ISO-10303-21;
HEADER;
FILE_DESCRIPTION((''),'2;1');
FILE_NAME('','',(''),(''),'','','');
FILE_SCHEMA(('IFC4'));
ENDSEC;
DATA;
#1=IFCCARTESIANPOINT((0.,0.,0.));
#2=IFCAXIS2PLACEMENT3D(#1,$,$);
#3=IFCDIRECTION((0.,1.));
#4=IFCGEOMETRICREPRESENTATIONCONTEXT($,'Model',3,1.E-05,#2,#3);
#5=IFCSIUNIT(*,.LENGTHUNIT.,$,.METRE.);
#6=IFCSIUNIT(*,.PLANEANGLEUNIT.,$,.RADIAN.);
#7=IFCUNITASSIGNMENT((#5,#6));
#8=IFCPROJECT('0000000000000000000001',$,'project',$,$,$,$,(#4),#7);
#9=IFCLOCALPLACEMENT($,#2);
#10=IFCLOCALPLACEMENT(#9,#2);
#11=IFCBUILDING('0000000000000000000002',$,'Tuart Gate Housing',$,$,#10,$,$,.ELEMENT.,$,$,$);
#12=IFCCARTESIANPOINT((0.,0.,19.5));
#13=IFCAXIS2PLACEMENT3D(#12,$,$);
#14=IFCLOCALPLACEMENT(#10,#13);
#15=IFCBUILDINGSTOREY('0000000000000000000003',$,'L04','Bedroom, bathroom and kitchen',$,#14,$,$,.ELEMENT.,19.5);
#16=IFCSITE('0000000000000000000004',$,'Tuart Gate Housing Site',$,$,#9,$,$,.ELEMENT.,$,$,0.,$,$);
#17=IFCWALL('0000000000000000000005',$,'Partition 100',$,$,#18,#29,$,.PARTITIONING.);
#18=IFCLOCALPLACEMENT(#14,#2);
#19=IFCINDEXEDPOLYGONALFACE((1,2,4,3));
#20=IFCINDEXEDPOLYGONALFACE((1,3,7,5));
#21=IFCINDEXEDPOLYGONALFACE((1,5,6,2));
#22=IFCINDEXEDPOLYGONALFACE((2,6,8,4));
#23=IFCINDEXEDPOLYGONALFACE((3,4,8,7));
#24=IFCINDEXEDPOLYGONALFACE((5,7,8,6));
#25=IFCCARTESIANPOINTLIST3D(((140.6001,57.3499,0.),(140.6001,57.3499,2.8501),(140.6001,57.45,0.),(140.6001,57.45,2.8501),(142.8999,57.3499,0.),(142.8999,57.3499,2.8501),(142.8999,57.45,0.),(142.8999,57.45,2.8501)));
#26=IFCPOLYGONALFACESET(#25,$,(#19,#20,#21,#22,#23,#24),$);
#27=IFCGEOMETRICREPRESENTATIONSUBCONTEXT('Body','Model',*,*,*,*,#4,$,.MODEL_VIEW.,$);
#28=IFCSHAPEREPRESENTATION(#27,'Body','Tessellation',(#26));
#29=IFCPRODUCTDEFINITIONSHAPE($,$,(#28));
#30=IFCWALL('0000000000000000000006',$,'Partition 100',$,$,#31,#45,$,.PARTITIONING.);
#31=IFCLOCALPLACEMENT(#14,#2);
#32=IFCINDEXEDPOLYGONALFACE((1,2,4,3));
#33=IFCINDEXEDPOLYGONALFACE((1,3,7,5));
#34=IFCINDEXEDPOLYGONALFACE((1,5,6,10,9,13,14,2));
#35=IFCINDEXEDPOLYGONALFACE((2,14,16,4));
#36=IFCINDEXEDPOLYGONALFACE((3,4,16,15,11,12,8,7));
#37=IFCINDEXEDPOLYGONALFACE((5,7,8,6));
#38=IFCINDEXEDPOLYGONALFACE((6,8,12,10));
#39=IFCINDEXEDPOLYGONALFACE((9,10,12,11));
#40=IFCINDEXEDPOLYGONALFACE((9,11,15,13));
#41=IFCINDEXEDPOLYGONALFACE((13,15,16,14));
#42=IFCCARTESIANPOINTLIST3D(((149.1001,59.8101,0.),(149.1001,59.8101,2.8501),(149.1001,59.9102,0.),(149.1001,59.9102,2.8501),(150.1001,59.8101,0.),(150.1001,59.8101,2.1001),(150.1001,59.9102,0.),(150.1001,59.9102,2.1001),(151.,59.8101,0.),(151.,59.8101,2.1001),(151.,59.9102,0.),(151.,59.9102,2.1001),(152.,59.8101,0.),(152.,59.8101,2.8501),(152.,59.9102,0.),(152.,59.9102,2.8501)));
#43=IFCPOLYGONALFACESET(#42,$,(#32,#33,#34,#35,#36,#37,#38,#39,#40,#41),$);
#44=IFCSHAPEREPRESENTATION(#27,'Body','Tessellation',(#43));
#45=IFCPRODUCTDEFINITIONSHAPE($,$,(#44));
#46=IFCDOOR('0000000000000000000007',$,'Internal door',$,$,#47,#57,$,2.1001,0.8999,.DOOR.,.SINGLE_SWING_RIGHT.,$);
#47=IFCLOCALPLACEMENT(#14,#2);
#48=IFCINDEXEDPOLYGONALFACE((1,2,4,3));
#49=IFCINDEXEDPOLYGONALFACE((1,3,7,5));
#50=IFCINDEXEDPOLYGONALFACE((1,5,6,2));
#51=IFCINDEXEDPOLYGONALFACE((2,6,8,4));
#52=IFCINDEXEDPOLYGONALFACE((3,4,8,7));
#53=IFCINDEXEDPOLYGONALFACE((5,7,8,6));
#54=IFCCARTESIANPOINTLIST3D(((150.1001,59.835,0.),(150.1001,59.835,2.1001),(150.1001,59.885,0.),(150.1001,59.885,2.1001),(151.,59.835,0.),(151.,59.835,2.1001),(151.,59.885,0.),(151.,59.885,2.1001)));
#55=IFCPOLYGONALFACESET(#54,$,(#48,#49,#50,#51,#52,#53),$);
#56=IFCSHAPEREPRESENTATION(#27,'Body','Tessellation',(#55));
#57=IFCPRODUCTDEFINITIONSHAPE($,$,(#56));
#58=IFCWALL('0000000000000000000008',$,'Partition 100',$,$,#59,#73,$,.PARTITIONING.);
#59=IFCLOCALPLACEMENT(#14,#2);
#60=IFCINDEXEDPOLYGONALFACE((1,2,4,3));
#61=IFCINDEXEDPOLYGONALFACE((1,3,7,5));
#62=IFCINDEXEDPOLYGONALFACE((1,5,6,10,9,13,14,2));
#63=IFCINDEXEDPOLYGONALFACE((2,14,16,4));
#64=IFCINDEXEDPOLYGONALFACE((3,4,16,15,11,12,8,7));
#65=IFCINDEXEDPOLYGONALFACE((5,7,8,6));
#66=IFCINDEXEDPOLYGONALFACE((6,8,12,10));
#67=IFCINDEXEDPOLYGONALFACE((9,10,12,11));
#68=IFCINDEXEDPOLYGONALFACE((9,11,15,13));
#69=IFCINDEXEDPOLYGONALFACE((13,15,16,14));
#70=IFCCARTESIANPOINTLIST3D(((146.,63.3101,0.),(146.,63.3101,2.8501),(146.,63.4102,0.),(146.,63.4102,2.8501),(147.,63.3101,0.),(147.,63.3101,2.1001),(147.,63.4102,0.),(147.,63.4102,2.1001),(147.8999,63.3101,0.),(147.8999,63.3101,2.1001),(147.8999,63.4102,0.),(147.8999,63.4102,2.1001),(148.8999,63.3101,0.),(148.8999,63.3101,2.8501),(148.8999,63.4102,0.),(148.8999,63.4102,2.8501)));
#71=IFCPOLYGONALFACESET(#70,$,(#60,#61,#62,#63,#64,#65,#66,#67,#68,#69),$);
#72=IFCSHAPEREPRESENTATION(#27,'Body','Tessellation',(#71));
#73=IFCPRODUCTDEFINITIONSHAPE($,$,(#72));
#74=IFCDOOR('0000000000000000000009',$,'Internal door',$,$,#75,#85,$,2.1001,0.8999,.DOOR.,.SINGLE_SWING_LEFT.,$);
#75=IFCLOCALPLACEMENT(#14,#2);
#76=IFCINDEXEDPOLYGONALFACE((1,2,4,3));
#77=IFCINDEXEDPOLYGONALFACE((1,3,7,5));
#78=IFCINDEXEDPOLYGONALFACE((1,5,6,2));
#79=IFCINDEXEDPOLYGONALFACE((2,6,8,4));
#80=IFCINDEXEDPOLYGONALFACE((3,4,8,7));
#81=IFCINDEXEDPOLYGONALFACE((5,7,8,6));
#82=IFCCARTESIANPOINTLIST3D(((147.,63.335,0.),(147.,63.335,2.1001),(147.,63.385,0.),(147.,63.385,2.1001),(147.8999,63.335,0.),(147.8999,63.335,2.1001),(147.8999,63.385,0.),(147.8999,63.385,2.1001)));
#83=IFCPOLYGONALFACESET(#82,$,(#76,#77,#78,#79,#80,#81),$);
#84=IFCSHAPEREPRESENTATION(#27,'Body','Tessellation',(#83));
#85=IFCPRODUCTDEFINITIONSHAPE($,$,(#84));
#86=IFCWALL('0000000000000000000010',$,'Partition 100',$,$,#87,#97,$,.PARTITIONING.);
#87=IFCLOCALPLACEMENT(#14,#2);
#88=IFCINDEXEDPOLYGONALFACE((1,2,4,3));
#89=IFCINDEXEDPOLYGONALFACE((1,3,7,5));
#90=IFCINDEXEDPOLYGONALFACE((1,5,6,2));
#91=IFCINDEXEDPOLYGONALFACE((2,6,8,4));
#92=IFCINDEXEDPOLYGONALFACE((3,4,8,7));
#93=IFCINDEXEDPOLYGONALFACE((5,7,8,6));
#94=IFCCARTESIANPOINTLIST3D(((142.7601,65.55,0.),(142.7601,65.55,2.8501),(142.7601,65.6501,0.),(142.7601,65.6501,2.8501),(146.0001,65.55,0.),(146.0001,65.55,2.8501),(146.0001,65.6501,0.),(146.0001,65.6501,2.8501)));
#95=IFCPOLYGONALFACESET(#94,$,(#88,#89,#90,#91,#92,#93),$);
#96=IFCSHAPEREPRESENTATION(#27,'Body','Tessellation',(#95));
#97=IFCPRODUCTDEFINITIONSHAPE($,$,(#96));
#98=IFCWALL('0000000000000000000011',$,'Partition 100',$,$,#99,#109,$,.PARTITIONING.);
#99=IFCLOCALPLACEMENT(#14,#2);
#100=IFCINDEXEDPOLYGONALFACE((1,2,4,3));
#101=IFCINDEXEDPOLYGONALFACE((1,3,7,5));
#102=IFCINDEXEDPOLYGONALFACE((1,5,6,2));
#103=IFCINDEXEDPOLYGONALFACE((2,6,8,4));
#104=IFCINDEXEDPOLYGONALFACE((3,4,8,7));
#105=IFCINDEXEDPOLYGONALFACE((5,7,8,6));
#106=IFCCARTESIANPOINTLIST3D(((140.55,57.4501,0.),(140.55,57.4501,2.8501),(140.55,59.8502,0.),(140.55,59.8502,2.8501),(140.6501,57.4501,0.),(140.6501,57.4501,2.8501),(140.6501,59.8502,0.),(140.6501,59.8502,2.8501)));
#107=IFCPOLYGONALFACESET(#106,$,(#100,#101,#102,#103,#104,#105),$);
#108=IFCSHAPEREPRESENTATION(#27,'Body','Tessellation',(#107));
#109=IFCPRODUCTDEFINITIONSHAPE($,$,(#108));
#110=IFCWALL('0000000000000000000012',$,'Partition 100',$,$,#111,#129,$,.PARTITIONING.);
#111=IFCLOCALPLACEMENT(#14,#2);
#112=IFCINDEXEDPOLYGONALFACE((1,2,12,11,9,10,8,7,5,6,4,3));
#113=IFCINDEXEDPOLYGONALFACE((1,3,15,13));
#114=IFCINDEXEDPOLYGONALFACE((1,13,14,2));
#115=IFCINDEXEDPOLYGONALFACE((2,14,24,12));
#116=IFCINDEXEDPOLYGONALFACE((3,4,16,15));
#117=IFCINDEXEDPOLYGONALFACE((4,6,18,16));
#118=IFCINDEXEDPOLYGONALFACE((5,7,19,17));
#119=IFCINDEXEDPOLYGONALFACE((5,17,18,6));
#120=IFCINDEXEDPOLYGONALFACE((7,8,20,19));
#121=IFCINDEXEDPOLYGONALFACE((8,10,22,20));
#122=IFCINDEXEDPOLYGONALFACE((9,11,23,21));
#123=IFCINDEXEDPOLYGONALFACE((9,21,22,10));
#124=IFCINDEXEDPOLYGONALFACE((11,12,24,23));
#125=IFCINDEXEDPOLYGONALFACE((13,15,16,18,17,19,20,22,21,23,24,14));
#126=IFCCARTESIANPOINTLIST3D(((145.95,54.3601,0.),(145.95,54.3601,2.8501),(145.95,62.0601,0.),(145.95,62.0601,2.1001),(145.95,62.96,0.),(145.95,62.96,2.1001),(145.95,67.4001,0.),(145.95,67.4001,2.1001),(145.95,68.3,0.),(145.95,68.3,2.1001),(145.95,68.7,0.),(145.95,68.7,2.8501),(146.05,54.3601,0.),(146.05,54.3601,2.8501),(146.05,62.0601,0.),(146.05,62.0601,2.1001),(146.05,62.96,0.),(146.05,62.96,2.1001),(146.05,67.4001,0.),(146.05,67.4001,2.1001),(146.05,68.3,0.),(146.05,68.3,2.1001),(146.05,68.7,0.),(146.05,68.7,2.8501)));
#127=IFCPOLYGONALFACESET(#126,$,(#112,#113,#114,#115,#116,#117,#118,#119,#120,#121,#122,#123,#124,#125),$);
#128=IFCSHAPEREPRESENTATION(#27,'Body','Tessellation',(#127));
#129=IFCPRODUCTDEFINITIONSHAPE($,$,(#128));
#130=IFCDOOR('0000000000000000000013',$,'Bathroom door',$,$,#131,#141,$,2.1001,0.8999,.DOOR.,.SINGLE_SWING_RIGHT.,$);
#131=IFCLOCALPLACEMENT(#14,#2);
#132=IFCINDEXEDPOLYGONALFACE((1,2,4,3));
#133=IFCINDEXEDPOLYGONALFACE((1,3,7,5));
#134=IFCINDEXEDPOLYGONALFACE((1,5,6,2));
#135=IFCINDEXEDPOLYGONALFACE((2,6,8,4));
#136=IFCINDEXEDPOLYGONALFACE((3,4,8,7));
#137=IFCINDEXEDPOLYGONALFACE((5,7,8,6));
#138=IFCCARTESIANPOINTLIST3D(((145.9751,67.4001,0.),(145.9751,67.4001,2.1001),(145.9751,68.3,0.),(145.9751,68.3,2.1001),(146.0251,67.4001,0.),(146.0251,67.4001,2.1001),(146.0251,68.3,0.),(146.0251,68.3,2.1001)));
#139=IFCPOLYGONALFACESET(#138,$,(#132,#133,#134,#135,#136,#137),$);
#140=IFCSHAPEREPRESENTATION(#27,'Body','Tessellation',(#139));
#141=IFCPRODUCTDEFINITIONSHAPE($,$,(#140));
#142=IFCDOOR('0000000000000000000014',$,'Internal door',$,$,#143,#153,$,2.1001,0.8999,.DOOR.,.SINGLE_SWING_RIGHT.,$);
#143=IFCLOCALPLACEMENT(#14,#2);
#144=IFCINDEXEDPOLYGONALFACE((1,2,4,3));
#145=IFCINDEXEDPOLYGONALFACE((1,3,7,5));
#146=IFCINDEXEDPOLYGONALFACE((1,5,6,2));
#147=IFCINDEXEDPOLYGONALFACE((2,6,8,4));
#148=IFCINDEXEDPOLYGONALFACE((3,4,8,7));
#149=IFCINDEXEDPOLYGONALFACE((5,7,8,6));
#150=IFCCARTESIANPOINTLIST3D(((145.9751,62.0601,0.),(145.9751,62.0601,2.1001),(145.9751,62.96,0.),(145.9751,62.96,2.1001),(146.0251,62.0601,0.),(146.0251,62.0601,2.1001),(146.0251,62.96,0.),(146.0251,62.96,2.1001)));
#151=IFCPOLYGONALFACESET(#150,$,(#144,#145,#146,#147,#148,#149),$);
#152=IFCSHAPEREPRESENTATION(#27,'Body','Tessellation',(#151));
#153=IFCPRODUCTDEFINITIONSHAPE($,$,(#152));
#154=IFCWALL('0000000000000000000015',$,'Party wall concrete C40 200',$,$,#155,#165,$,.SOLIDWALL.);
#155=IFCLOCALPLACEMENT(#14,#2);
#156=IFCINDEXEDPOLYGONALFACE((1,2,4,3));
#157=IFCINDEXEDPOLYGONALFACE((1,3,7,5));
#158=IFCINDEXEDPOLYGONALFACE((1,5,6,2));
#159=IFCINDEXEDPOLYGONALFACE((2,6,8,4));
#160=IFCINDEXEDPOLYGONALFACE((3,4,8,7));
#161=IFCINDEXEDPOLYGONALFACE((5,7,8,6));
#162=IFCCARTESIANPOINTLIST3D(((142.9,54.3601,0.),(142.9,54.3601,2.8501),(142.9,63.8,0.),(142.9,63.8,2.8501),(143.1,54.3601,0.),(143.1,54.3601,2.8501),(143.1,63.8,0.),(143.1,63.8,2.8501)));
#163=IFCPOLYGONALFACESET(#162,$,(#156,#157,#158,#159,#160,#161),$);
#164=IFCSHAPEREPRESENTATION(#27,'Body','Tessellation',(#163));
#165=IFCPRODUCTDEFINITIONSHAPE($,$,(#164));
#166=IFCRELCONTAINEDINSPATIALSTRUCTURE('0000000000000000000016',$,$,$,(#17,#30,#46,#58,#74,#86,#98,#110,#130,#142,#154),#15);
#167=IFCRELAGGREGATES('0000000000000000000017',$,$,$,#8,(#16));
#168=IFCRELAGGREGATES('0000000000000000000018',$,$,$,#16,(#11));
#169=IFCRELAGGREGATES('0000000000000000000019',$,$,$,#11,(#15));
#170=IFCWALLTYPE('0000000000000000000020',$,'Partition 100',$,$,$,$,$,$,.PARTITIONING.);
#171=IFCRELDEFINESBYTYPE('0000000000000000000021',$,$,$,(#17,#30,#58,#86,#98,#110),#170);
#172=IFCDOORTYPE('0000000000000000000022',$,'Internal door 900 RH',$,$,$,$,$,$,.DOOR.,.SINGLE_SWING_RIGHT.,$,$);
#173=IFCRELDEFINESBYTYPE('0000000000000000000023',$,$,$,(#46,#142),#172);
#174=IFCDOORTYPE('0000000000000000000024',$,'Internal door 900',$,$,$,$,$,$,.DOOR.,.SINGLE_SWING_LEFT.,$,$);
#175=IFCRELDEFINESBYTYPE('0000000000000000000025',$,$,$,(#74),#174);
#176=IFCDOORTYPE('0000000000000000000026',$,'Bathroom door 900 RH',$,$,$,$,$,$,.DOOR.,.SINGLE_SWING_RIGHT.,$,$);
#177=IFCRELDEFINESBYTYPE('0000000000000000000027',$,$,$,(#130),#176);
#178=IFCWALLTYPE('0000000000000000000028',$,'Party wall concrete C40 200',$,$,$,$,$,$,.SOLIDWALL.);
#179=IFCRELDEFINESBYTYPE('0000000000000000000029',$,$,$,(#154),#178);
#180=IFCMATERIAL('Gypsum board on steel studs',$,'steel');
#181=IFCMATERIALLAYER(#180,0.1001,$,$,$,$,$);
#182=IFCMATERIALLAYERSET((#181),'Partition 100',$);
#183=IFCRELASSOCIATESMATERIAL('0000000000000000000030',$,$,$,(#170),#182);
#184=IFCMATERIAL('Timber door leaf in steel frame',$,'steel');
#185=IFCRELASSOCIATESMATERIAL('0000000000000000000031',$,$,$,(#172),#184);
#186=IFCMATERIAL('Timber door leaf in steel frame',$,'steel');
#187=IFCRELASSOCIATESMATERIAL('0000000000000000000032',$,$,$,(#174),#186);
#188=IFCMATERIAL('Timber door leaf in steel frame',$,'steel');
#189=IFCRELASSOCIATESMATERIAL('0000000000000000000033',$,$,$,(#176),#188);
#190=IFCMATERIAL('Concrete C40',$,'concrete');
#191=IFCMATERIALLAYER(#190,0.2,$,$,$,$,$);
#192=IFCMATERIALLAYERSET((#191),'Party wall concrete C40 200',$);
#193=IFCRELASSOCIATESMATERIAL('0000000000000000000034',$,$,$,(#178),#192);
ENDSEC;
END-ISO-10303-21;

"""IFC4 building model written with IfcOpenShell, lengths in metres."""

from ifc_helpers import new_model, si_unit, direction, frame, frame_2d, origin, place, context, subcontext, project, spatial, rectangle, extrude, material, layer, layer_set, type_object, element, fill, save


model = new_model("IFC4")

# Units and contexts
model_context = context("Model", 3, precision=1e-05, world=origin(), true_north=direction((0.0, 1.0)))
body_context = subcontext(model_context, "Body", "Model", "MODEL_VIEW")
ifc_project = project(units=[si_unit("LENGTHUNIT", "METRE"), si_unit("PLANEANGLEUNIT", "RADIAN")], contexts=[model_context])

# Site, building, storey
site_placement = place(None, origin())
site = spatial("IfcSite", under=ifc_project, at=site_placement, Name="Tuart Gate Housing Site", CompositionType="ELEMENT", RefElevation=0.0)
building_placement = place(site_placement, origin())
building = spatial("IfcBuilding", under=site, at=building_placement, Name="Tuart Gate Housing", CompositionType="ELEMENT")
storey_placement = place(building_placement, frame((0.0, 0.0, 19.5)))
storey = spatial("IfcBuildingStorey", under=building, at=storey_placement, Name="L04", Description="Bedroom, bathroom and kitchen", CompositionType="ELEMENT", Elevation=19.5)

# Wall
ifc_material_1 = material(Name="Gypsum board on steel studs", Category="steel")
ifc_layer_1 = layer(ifc_material_1, 0.1001)
ifc_layer_set_1 = layer_set([ifc_layer_1], Name="Partition 100")
wall_type_1 = type_object("IfcWallType", Name="Partition 100", PredefinedType="PARTITIONING", material=ifc_layer_set_1)
wall_1_placement = place(storey_placement, frame((140.6001, 57.3999, 0.0), z_axis=(0.0, 0.0, 1.0), x_axis=(1.0, 0.0, 0.0)))
element("IfcWall", 1, at=wall_1_placement, inside=storey, type_object=wall_type_1, Name="Partition 100", PredefinedType="PARTITIONING", context=body_context, shape_type="SweptSolid", body=[
    extrude(rectangle(XDim=2.2998, YDim=0.1001, at=frame_2d((1.1499, 0.0))), origin(), (0.0, 0.0, 1.0), 2.8501),
])

# Walls, openings, doors
wall_2_placement = place(storey_placement, frame((149.1001, 59.8601, 0.0), z_axis=(0.0, 0.0, 1.0), x_axis=(1.0, 0.0, 0.0)))
wall_2 = element("IfcWall", 2, at=wall_2_placement, inside=storey, type_object=wall_type_1, Name="Partition 100", PredefinedType="PARTITIONING", context=body_context, shape_type="SweptSolid", body=[
    extrude(rectangle(XDim=2.8999, YDim=0.1001, at=frame_2d((1.45, 0.0))), origin(), (0.0, 0.0, 1.0), 2.8501),
])
opening_1_placement = place(wall_2_placement, frame((1.0, 0.0, 0.0)))
opening_1 = element("IfcOpeningElement", 3, at=opening_1_placement, cuts=wall_2, PredefinedType="OPENING", context=body_context, shape_type="SweptSolid", body=[
    extrude(rectangle(XDim=0.8999, YDim=2.1001, at=frame_2d((0.45, 1.05))), frame((0.0, 0.0601, 0.0), z_axis=(0.0, -1.0, 0.0), x_axis=(1.0, 0.0, 0.0)), (0.0, 0.0, 1.0), 0.1201),
])
ifc_material_2 = material(Name="Timber door leaf in steel frame", Category="steel")
door_type_1 = type_object("IfcDoorType", Name="Internal door 900 RH", OperationType="SINGLE_SWING_RIGHT", PredefinedType="DOOR", material=ifc_material_2)
door_1_placement = place(opening_1_placement, origin())
door_1 = element("IfcDoor", 4, at=door_1_placement, inside=storey, type_object=door_type_1, Name="Internal door", OperationType="SINGLE_SWING_RIGHT", OverallHeight=2.1001, OverallWidth=0.8999, PredefinedType="DOOR", context=body_context, shape_type="SweptSolid", body=[
    extrude(rectangle(XDim=0.8999, YDim=2.1001, at=frame_2d((0.45, 1.05))), frame((0.0, 0.0249, 0.0), z_axis=(0.0, -1.0, 0.0), x_axis=(1.0, 0.0, 0.0)), (0.0, 0.0, 1.0), 0.05),
])
fill(opening_1, door_1)
wall_3_placement = place(storey_placement, frame((146.0, 63.3601, 0.0), z_axis=(0.0, 0.0, 1.0), x_axis=(1.0, 0.0, 0.0)))
wall_3 = element("IfcWall", 5, at=wall_3_placement, inside=storey, type_object=wall_type_1, Name="Partition 100", PredefinedType="PARTITIONING", context=body_context, shape_type="SweptSolid", body=[
    extrude(rectangle(XDim=2.8999, YDim=0.1001, at=frame_2d((1.45, 0.0))), origin(), (0.0, 0.0, 1.0), 2.8501),
])
opening_2_placement = place(wall_3_placement, frame((1.0, 0.0, 0.0)))
opening_2 = element("IfcOpeningElement", 6, at=opening_2_placement, cuts=wall_3, PredefinedType="OPENING", context=body_context, shape_type="SweptSolid", body=[
    extrude(rectangle(XDim=0.8999, YDim=2.1001, at=frame_2d((0.45, 1.05))), frame((0.0, 0.0601, 0.0), z_axis=(0.0, -1.0, 0.0), x_axis=(1.0, 0.0, 0.0)), (0.0, 0.0, 1.0), 0.1201),
])
ifc_material_3 = material(Name="Timber door leaf in steel frame", Category="steel")
door_type_2 = type_object("IfcDoorType", Name="Internal door 900", OperationType="SINGLE_SWING_LEFT", PredefinedType="DOOR", material=ifc_material_3)
door_2_placement = place(opening_2_placement, origin())
door_2 = element("IfcDoor", 7, at=door_2_placement, inside=storey, type_object=door_type_2, Name="Internal door", OperationType="SINGLE_SWING_LEFT", OverallHeight=2.1001, OverallWidth=0.8999, PredefinedType="DOOR", context=body_context, shape_type="SweptSolid", body=[
    extrude(rectangle(XDim=0.8999, YDim=2.1001, at=frame_2d((0.45, 1.05))), frame((0.0, 0.0249, 0.0), z_axis=(0.0, -1.0, 0.0), x_axis=(1.0, 0.0, 0.0)), (0.0, 0.0, 1.0), 0.05),
])
fill(opening_2, door_2)

# Walls
wall_4_placement = place(storey_placement, frame((142.76, 65.6001, 0.0), z_axis=(0.0, 0.0, 1.0), x_axis=(1.0, 0.0, 0.0)))
element("IfcWall", 8, at=wall_4_placement, inside=storey, type_object=wall_type_1, Name="Partition 100", PredefinedType="PARTITIONING", context=body_context, shape_type="SweptSolid", body=[
    extrude(rectangle(XDim=3.24, YDim=0.1001, at=frame_2d((1.6201, 0.0))), origin(), (0.0, 0.0, 1.0), 2.8501),
])
wall_5_placement = place(storey_placement, frame((140.6001, 57.45, 0.0), z_axis=(0.0, 0.0, 1.0), x_axis=(0.0, 1.0, 0.0)))
element("IfcWall", 9, at=wall_5_placement, inside=storey, type_object=wall_type_1, Name="Partition 100", PredefinedType="PARTITIONING", context=body_context, shape_type="SweptSolid", body=[
    extrude(rectangle(XDim=2.4001, YDim=0.1001, at=frame_2d((1.2002, 0.0))), origin(), (0.0, 0.0, 1.0), 2.8501),
])

# Wall, openings, doors
wall_6_placement = place(storey_placement, frame((146.0, 54.3601, 0.0), z_axis=(0.0, 0.0, 1.0), x_axis=(0.0, 1.0, 0.0)))
wall_6 = element("IfcWall", 10, at=wall_6_placement, inside=storey, type_object=wall_type_1, Name="Partition 100", PredefinedType="PARTITIONING", context=body_context, shape_type="SweptSolid", body=[
    extrude(rectangle(XDim=14.3398, YDim=0.1001, at=frame_2d((7.1699, 0.0))), origin(), (0.0, 0.0, 1.0), 2.8501),
])
opening_3_placement = place(wall_6_placement, frame((7.7, 0.0, 0.0)))
opening_3 = element("IfcOpeningElement", 11, at=opening_3_placement, cuts=wall_6, PredefinedType="OPENING", context=body_context, shape_type="SweptSolid", body=[
    extrude(rectangle(XDim=0.8999, YDim=2.1001, at=frame_2d((0.45, 1.05))), frame((0.0, 0.0601, 0.0), z_axis=(0.0, -1.0, 0.0), x_axis=(1.0, 0.0, 0.0)), (0.0, 0.0, 1.0), 0.1201),
])
opening_4_placement = place(wall_6_placement, frame((13.04, 0.0, 0.0)))
opening_4 = element("IfcOpeningElement", 12, at=opening_4_placement, cuts=wall_6, PredefinedType="OPENING", context=body_context, shape_type="SweptSolid", body=[
    extrude(rectangle(XDim=0.8999, YDim=2.1001, at=frame_2d((0.45, 1.05))), frame((0.0, 0.0601, 0.0), z_axis=(0.0, -1.0, 0.0), x_axis=(1.0, 0.0, 0.0)), (0.0, 0.0, 1.0), 0.1201),
])
ifc_material_4 = material(Name="Timber door leaf in steel frame", Category="steel")
door_type_3 = type_object("IfcDoorType", Name="Bathroom door 900 RH", OperationType="SINGLE_SWING_RIGHT", PredefinedType="DOOR", material=ifc_material_4)
door_3_placement = place(opening_4_placement, origin())
door_3 = element("IfcDoor", 13, at=door_3_placement, inside=storey, type_object=door_type_3, Name="Bathroom door", OperationType="SINGLE_SWING_RIGHT", OverallHeight=2.1001, OverallWidth=0.8999, PredefinedType="DOOR", context=body_context, shape_type="SweptSolid", body=[
    extrude(rectangle(XDim=0.8999, YDim=2.1001, at=frame_2d((0.45, 1.05))), frame((0.0, 0.0249, 0.0), z_axis=(0.0, -1.0, 0.0), x_axis=(1.0, 0.0, 0.0)), (0.0, 0.0, 1.0), 0.05),
])
fill(opening_4, door_3)
door_4_placement = place(opening_3_placement, origin())
door_4 = element("IfcDoor", 14, at=door_4_placement, inside=storey, type_object=door_type_1, Name="Internal door", OperationType="SINGLE_SWING_RIGHT", OverallHeight=2.1001, OverallWidth=0.8999, PredefinedType="DOOR", context=body_context, shape_type="SweptSolid", body=[
    extrude(rectangle(XDim=0.8999, YDim=2.1001, at=frame_2d((0.45, 1.05))), frame((0.0, 0.0249, 0.0), z_axis=(0.0, -1.0, 0.0), x_axis=(1.0, 0.0, 0.0)), (0.0, 0.0, 1.0), 0.05),
])
fill(opening_3, door_4)

# Wall
ifc_material_5 = material(Name="Concrete C40", Category="concrete")
ifc_layer_2 = layer(ifc_material_5, 0.2)
ifc_layer_set_2 = layer_set([ifc_layer_2], Name="Party wall concrete C40 200")
wall_type_2 = type_object("IfcWallType", Name="Party wall concrete C40 200", PredefinedType="SOLIDWALL", material=ifc_layer_set_2)
wall_7_placement = place(storey_placement, frame((143.0, 54.3601, 0.0), z_axis=(0.0, 0.0, 1.0), x_axis=(0.0, 1.0, 0.0)))
element("IfcWall", 15, at=wall_7_placement, inside=storey, type_object=wall_type_2, Name="Party wall concrete C40 200", PredefinedType="SOLIDWALL", context=body_context, shape_type="SweptSolid", body=[
    extrude(rectangle(XDim=9.4399, YDim=0.2, at=frame_2d((4.72, 0.0))), origin(), (0.0, 0.0, 1.0), 2.8501),
])

save(model, "model.ifc")
